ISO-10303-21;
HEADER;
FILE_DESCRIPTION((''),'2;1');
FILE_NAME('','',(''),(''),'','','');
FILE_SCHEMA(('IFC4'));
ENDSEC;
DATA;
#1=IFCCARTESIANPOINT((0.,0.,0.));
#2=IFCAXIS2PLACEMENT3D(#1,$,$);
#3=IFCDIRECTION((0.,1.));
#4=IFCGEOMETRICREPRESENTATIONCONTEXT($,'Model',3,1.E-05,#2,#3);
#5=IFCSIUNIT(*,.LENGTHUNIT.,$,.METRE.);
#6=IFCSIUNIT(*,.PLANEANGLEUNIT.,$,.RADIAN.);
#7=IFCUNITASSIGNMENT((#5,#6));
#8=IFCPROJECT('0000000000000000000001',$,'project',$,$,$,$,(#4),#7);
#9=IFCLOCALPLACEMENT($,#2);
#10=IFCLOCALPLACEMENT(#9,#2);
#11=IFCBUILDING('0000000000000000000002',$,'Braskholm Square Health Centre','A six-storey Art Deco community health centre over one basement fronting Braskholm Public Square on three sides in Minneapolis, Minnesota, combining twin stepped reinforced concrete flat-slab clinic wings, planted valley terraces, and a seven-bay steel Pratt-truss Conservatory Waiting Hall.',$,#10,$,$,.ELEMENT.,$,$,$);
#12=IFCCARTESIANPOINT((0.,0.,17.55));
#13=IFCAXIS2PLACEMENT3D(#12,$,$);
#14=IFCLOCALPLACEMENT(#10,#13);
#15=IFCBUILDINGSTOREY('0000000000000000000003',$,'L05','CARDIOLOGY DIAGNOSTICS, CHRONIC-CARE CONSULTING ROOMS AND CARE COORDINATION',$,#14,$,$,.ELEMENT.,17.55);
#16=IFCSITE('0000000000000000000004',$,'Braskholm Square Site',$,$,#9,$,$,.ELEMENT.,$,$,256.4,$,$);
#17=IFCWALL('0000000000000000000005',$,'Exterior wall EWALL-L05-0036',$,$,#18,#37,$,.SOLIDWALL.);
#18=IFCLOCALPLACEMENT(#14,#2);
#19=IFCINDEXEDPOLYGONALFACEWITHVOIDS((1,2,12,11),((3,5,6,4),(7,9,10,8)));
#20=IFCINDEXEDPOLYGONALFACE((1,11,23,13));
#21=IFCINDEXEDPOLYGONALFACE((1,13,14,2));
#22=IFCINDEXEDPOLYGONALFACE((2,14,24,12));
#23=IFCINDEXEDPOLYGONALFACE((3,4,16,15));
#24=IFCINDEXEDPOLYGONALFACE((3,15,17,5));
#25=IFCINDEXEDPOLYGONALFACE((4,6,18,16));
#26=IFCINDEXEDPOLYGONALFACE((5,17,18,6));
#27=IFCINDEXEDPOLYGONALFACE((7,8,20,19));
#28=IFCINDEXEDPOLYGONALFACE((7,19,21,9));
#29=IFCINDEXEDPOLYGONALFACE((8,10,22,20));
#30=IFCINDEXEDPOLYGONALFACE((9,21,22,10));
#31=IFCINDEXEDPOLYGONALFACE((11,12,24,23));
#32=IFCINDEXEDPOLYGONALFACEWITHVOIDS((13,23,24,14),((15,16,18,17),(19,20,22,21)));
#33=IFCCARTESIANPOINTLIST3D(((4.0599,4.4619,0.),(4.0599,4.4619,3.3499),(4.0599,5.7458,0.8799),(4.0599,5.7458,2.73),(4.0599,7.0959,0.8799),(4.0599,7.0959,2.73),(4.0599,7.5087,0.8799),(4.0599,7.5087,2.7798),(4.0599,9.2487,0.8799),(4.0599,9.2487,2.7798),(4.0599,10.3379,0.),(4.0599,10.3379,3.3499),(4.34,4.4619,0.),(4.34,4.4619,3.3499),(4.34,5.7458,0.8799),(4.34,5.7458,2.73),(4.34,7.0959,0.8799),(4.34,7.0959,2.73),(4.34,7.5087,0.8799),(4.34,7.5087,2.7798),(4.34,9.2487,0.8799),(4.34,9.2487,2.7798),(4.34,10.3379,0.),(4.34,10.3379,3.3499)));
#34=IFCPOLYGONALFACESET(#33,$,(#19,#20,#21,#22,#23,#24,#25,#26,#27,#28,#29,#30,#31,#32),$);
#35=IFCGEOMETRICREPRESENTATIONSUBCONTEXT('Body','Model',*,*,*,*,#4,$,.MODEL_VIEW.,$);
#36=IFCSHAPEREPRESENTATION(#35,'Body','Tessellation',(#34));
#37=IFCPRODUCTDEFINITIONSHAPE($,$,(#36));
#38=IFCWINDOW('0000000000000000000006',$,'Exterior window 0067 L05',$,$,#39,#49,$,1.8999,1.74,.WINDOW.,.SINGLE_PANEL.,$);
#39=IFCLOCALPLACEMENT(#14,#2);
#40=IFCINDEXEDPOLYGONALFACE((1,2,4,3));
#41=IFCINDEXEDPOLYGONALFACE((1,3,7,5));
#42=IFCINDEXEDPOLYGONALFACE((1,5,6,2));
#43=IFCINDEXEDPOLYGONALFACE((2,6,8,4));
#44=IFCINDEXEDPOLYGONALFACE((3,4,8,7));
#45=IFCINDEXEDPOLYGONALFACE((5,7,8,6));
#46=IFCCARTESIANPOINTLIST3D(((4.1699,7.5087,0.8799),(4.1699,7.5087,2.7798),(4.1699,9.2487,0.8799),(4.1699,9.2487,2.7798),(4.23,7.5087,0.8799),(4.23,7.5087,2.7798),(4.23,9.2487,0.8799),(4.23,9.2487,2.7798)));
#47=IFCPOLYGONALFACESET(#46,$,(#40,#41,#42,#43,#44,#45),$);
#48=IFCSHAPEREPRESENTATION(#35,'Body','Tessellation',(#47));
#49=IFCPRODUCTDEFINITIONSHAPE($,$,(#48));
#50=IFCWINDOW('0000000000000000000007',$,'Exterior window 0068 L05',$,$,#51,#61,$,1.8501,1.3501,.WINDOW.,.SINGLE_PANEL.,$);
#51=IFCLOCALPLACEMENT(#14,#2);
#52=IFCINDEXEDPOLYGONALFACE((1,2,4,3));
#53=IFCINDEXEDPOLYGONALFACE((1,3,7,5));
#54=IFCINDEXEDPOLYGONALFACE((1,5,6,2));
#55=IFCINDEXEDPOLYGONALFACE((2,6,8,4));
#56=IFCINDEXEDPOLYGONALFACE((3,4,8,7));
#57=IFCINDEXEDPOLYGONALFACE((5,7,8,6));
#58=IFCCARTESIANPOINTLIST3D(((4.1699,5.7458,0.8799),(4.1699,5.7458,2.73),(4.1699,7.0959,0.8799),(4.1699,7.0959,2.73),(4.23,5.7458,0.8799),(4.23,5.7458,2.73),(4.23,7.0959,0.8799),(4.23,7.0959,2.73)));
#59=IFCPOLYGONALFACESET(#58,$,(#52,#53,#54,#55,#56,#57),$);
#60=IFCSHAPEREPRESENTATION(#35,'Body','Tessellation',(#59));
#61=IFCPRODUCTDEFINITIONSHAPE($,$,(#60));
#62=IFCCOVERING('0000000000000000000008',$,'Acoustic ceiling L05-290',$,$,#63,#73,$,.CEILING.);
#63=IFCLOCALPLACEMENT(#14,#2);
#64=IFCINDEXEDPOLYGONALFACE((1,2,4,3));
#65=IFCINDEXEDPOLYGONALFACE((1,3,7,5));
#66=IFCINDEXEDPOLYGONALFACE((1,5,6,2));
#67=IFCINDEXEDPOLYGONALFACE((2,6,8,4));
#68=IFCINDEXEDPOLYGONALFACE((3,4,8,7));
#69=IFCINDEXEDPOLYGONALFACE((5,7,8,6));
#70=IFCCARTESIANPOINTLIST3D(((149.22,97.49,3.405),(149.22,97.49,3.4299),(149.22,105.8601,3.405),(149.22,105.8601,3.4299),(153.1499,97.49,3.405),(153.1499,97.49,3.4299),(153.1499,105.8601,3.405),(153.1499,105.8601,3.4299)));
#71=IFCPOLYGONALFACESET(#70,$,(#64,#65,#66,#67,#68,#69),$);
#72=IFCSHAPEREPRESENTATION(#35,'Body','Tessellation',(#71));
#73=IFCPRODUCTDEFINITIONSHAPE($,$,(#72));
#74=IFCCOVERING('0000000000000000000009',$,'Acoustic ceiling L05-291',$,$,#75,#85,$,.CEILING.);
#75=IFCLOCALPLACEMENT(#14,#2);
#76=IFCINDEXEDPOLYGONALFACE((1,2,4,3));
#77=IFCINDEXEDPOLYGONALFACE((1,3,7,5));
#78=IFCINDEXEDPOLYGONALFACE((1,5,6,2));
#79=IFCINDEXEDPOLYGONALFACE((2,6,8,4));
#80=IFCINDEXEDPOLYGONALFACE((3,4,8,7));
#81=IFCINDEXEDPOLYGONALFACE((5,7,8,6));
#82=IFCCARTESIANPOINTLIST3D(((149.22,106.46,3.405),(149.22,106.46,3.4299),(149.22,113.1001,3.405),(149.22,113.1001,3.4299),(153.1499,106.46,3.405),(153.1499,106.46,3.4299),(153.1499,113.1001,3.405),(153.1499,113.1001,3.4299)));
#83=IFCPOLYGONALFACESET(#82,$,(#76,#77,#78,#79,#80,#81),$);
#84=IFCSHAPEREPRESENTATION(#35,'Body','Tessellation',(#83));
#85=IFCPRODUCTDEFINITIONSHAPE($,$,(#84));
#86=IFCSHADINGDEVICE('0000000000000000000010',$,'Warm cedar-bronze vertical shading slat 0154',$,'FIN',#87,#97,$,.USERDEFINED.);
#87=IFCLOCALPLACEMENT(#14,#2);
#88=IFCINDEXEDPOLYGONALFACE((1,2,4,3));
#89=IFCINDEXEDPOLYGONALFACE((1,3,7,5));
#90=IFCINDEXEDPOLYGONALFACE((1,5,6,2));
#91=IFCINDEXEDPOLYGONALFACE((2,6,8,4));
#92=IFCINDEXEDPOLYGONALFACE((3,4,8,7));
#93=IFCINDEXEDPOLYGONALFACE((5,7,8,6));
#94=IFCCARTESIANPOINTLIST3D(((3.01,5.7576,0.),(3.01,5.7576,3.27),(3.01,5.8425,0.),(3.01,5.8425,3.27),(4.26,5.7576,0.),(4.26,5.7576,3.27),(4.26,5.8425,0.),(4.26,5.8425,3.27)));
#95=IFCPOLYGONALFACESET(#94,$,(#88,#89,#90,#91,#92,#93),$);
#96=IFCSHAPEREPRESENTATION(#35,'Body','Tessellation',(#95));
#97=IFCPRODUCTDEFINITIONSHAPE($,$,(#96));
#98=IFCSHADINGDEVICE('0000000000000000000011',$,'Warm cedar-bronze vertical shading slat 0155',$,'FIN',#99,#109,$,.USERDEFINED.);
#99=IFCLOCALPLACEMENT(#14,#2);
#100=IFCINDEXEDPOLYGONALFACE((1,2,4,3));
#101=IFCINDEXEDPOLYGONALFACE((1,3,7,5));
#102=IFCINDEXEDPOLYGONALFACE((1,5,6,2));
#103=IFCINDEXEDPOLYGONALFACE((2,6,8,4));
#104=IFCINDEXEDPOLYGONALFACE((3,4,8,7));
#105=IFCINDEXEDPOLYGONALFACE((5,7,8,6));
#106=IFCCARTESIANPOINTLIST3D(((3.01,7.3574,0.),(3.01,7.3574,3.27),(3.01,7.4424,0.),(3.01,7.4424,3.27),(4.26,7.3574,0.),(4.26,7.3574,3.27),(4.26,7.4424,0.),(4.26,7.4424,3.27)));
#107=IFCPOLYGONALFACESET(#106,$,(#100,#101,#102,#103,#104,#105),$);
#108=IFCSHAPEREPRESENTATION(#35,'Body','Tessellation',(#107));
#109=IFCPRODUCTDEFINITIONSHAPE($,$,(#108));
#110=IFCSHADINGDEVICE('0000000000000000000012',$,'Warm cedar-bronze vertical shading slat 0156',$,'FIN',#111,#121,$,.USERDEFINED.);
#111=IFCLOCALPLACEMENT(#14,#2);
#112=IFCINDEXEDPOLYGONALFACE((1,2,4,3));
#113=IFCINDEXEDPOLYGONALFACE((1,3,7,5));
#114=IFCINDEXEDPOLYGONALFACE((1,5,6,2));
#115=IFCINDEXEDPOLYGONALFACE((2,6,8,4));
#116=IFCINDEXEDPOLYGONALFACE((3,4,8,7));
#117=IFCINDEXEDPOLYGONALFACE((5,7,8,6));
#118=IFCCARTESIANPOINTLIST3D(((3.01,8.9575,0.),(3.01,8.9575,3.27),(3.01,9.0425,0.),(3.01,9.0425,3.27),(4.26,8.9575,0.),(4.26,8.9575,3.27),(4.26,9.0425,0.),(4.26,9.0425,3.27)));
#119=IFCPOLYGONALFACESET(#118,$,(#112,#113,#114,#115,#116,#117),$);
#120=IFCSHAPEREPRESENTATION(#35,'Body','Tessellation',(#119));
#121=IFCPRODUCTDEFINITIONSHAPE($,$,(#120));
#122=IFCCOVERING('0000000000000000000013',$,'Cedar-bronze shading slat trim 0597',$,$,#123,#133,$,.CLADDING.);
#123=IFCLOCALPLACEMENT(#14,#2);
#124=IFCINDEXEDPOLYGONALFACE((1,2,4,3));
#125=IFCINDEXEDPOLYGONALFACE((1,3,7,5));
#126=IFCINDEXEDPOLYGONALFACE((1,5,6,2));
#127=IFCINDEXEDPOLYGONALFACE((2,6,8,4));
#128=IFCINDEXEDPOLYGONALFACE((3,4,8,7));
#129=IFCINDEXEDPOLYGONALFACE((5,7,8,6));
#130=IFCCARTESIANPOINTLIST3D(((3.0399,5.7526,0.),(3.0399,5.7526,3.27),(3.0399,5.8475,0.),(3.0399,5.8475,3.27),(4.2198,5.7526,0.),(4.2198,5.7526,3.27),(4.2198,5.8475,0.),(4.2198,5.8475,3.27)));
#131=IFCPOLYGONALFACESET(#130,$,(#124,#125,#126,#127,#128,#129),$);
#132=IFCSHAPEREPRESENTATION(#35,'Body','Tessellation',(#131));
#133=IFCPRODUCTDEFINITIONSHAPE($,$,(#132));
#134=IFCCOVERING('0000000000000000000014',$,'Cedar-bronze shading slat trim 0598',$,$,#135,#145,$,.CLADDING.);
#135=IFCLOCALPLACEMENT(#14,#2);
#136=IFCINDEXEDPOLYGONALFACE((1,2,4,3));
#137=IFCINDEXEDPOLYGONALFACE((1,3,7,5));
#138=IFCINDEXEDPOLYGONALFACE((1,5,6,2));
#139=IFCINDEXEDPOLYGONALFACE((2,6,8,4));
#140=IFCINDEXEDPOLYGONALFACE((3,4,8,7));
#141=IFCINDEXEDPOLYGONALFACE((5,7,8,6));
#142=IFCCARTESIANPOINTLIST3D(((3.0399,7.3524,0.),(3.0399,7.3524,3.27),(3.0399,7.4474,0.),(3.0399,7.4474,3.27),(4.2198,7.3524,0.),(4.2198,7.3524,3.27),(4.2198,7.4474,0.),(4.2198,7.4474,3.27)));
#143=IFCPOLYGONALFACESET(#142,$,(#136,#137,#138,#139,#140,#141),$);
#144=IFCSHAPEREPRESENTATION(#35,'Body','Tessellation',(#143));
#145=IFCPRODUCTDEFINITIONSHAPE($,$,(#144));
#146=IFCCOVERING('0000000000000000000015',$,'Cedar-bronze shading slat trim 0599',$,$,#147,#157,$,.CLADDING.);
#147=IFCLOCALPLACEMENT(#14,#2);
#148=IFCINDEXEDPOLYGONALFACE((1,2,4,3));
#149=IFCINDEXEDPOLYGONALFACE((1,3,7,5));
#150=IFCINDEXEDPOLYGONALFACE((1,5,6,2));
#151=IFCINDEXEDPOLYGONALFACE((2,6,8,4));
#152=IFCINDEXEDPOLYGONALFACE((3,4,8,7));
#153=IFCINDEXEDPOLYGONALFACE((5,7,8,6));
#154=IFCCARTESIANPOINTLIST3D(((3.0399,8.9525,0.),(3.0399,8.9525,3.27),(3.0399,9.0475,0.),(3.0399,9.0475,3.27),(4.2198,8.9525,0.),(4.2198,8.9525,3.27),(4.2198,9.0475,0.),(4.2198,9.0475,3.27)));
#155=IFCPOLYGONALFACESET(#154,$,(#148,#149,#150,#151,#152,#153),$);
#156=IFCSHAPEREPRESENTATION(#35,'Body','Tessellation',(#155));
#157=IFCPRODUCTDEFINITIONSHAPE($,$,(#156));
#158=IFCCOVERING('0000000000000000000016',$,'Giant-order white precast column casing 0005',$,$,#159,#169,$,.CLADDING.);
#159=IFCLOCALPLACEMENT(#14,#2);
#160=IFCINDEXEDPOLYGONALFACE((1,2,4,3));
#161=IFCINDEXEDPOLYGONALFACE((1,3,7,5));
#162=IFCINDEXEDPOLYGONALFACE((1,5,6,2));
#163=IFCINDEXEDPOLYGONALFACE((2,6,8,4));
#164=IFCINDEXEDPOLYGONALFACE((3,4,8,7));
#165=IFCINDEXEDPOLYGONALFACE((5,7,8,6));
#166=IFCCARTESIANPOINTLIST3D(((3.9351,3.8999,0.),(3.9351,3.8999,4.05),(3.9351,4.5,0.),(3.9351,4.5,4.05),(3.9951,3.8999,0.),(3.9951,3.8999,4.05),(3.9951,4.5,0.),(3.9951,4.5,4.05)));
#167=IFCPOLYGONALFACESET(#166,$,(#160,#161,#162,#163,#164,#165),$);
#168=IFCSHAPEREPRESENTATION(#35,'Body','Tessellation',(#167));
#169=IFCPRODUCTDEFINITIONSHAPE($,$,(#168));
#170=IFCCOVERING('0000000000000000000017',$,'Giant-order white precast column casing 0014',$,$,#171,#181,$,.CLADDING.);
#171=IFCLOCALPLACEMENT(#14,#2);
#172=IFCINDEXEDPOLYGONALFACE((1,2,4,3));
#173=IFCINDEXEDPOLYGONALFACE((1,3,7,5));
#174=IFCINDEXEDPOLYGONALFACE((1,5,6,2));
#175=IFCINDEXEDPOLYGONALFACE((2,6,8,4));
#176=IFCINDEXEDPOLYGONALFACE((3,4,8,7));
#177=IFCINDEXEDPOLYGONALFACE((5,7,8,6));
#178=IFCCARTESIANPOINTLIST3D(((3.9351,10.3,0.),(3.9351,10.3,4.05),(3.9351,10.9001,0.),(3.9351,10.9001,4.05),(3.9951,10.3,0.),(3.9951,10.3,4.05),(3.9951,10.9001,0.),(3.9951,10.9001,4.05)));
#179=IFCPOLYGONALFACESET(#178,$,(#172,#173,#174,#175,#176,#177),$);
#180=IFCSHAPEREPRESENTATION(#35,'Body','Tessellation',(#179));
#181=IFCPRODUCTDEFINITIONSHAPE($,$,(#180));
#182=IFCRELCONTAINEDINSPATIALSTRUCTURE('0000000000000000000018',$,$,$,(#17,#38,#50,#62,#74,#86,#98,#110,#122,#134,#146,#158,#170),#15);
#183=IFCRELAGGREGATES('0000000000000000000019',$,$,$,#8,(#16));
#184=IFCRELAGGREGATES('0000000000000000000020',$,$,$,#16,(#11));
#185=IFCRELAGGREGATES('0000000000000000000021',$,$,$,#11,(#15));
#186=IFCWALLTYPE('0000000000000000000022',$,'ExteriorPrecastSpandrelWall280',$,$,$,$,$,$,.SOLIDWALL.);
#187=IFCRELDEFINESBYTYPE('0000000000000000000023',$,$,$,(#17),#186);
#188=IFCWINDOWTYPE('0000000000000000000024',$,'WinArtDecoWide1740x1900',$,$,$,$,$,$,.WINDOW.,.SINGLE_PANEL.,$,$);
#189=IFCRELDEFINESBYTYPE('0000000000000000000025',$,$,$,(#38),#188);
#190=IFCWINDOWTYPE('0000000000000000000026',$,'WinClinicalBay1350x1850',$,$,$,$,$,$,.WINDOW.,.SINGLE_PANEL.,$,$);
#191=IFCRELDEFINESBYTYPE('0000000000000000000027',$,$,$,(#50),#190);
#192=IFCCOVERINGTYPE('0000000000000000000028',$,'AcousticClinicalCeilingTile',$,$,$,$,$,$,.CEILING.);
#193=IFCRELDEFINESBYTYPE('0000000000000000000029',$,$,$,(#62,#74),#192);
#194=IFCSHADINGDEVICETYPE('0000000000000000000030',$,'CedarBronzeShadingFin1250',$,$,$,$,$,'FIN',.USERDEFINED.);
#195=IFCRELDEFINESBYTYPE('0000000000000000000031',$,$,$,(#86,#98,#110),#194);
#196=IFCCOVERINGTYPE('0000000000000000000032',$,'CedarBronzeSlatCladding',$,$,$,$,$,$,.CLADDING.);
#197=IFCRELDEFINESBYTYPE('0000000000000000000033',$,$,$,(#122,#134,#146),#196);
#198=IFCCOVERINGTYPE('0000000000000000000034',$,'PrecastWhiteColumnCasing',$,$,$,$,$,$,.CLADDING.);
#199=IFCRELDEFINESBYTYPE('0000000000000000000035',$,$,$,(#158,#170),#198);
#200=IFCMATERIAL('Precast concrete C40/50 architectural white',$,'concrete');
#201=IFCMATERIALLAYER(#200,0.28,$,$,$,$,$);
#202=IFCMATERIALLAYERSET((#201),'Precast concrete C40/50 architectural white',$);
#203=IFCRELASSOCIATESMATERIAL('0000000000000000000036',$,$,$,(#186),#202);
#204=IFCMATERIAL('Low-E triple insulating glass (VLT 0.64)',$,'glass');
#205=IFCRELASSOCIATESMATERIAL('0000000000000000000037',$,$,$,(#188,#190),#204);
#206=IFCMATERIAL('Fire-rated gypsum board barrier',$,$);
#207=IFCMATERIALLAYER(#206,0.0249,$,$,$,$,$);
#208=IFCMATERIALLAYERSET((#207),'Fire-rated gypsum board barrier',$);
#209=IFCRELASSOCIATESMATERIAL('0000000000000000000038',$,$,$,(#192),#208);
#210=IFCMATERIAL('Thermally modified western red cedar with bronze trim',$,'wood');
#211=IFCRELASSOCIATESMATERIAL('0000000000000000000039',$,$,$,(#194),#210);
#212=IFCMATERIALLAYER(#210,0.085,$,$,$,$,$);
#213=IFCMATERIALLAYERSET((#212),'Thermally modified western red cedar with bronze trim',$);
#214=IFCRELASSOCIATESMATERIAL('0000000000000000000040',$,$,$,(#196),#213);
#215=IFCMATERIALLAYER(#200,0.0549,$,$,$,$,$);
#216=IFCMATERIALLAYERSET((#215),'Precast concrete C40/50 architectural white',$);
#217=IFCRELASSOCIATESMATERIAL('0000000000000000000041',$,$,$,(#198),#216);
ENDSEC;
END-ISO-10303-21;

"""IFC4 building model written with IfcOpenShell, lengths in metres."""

from ifc_helpers import new_model, si_unit, direction, frame, frame_2d, origin, origin_with_axes, origin_2d, place, context, subcontext, project, spatial, polyline, rectangle, outline, extrude, material, layer, layer_set, type_object, element, fill, save


model = new_model("IFC4")

# Units and contexts
model_context = context("Model", 3, precision=1e-05, world=origin(), true_north=direction((0.0, 1.0)))
body_context = subcontext(model_context, "Body", "Model", "MODEL_VIEW")
ifc_project = project(units=[si_unit("LENGTHUNIT", "METRE"), si_unit("PLANEANGLEUNIT", "RADIAN")], contexts=[model_context])

# Site, building, storey
site_placement = place(None, origin())
site = spatial("IfcSite", under=ifc_project, at=site_placement, Name="Braskholm Square Site", CompositionType="ELEMENT", RefElevation=256.4)
building_placement = place(site_placement, origin())
building = spatial("IfcBuilding", under=site, at=building_placement, Name="Braskholm Square Health Centre", Description="A six-storey Art Deco community health centre over one basement fronting Braskholm Public Square on three sides in Minneapolis, Minnesota, combining twin stepped reinforced concrete flat-slab clinic wings, planted valley terraces, and a seven-bay steel Pratt-truss Conservatory Waiting Hall.", CompositionType="ELEMENT")
storey_placement = place(building_placement, frame((0.0, 0.0, 17.55)))
storey = spatial("IfcBuildingStorey", under=building, at=storey_placement, Name="L05", Description="CARDIOLOGY DIAGNOSTICS, CHRONIC-CARE CONSULTING ROOMS AND CARE COORDINATION", CompositionType="ELEMENT", Elevation=17.55)

# Shared definitions
ifc_material_1 = material(Name="Precast concrete C40/50 architectural white", Category="concrete")

# Shared definitions
ifc_material_2 = material(Name="Low-E triple insulating glass (VLT 0.64)", Category="glass")

# Wall, openings, windows
ifc_layer_1 = layer(ifc_material_1, 0.28)
ifc_layer_set_1 = layer_set([ifc_layer_1], Name="Precast concrete C40/50 architectural white")
wall_type_1 = type_object("IfcWallType", Name="ExteriorPrecastSpandrelWall280", PredefinedType="SOLIDWALL", material=ifc_layer_set_1)
wall_1_placement = place(storey_placement, frame((4.2, 10.3379, 0.0), z_axis=(0.0, 0.0, 1.0), x_axis=(0.0, -1.0, 0.0)))
wall_1 = element("IfcWall", 1, at=wall_1_placement, inside=storey, type_object=wall_type_1, Name="Exterior wall EWALL-L05-0036", PredefinedType="SOLIDWALL", context=body_context, shape_type="SweptSolid", body=[
    extrude(rectangle(XDim=5.876, YDim=0.28, at=frame_2d((2.938, 0.0))), origin(), (0.0, 0.0, 1.0), 3.3499),
])
opening_1_placement = place(wall_1_placement, frame((1.0891, 0.0, 0.8799)))
opening_1 = element("IfcOpeningElement", 2, at=opening_1_placement, cuts=wall_1, PredefinedType="OPENING", context=body_context, shape_type="SweptSolid", body=[
    extrude(rectangle(XDim=1.74, YDim=1.8999, at=frame_2d((0.8701, 0.95))), frame((0.0, 0.1499, 0.0), z_axis=(0.0, -1.0, 0.0), x_axis=(1.0, 0.0, 0.0)), (0.0, 0.0, 1.0), 0.3),
])
opening_2_placement = place(wall_1_placement, frame((3.2419, 0.0, 0.8799)))
opening_2 = element("IfcOpeningElement", 3, at=opening_2_placement, cuts=wall_1, PredefinedType="OPENING", context=body_context, shape_type="SweptSolid", body=[
    extrude(rectangle(XDim=1.3501, YDim=1.8501, at=frame_2d((0.675, 0.925))), frame((0.0, 0.1499, 0.0), z_axis=(0.0, -1.0, 0.0), x_axis=(1.0, 0.0, 0.0)), (0.0, 0.0, 1.0), 0.3),
])
window_type_1 = type_object("IfcWindowType", Name="WinArtDecoWide1740x1900", PartitioningType="SINGLE_PANEL", PredefinedType="WINDOW", material=ifc_material_2)
window_1_placement = place(opening_1_placement, origin_with_axes())
window_1 = element("IfcWindow", 4, at=window_1_placement, inside=storey, type_object=window_type_1, Name="Exterior window 0067 L05", OverallHeight=1.8999, OverallWidth=1.74, PartitioningType="SINGLE_PANEL", PredefinedType="WINDOW", context=body_context, shape_type="SweptSolid", body=[
    extrude(rectangle(XDim=1.74, YDim=1.8999, at=frame_2d((0.8701, 0.95))), frame((0.0, 0.03, 0.0), z_axis=(0.0, -1.0, 0.0), x_axis=(1.0, 0.0, 0.0)), (0.0, 0.0, 1.0), 0.0601),
])
fill(opening_1, window_1)
window_type_2 = type_object("IfcWindowType", Name="WinClinicalBay1350x1850", PartitioningType="SINGLE_PANEL", PredefinedType="WINDOW", material=ifc_material_2)
window_2_placement = place(opening_2_placement, origin_with_axes())
window_2 = element("IfcWindow", 5, at=window_2_placement, inside=storey, type_object=window_type_2, Name="Exterior window 0068 L05", OverallHeight=1.8501, OverallWidth=1.3501, PartitioningType="SINGLE_PANEL", PredefinedType="WINDOW", context=body_context, shape_type="SweptSolid", body=[
    extrude(rectangle(XDim=1.3501, YDim=1.8501, at=frame_2d((0.675, 0.925))), frame((0.0, 0.03, 0.0), z_axis=(0.0, -1.0, 0.0), x_axis=(1.0, 0.0, 0.0)), (0.0, 0.0, 1.0), 0.0601),
])
fill(opening_2, window_2)

# Coverings
ifc_material_3 = material(Name="Fire-rated gypsum board barrier")
ifc_layer_2 = layer(ifc_material_3, 0.0249)
ifc_layer_set_2 = layer_set([ifc_layer_2], Name="Fire-rated gypsum board barrier")
covering_type_1 = type_object("IfcCoveringType", Name="AcousticClinicalCeilingTile", PredefinedType="CEILING", material=ifc_layer_set_2)
covering_1_placement = place(storey_placement, frame((0.0, 0.0, 3.405)))
element("IfcCovering", 6, at=covering_1_placement, inside=storey, type_object=covering_type_1, Name="Acoustic ceiling L05-290", PredefinedType="CEILING", context=body_context, shape_type="SweptSolid", body=[
    extrude(outline(polyline([(149.22, 97.49), (153.1499, 97.49), (153.1499, 105.8601), (149.22, 105.8601), (149.22, 97.49)])), origin(), (0.0, 0.0, 1.0), 0.0249),
])
covering_2_placement = place(storey_placement, frame((0.0, 0.0, 3.405)))
element("IfcCovering", 7, at=covering_2_placement, inside=storey, type_object=covering_type_1, Name="Acoustic ceiling L05-291", PredefinedType="CEILING", context=body_context, shape_type="SweptSolid", body=[
    extrude(outline(polyline([(149.22, 106.46), (153.1499, 106.46), (153.1499, 113.1001), (149.22, 113.1001), (149.22, 106.46)])), origin(), (0.0, 0.0, 1.0), 0.0249),
])

# Shading devices
ifc_material_4 = material(Name="Thermally modified western red cedar with bronze trim", Category="wood")
shading_device_type = type_object("IfcShadingDeviceType", Name="CedarBronzeShadingFin1250", ElementType="FIN", PredefinedType="USERDEFINED", material=ifc_material_4)
for number, where, z_axis, x_axis, name in (
    (8, (3.635, 5.8, 0.0), (0.0, 0.0, 1.0), (1.0, 0.0, 0.0), "Warm cedar-bronze vertical shading slat 0154"),
    (9, (3.635, 7.3999, 0.0), (0.0, 0.0, 1.0), (1.0, 0.0, 0.0), "Warm cedar-bronze vertical shading slat 0155"),
    (10, (3.635, 9.0, 0.0), (0.0, 0.0, 1.0), (1.0, 0.0, 0.0), "Warm cedar-bronze vertical shading slat 0156"),
):
    element("IfcShadingDevice", number, at=place(storey_placement, frame(where, z_axis=z_axis, x_axis=x_axis)), inside=storey, type_object=shading_device_type, Name=name, ObjectType="FIN", PredefinedType="USERDEFINED", context=body_context, shape_type="SweptSolid", body=[
        extrude(rectangle(XDim=1.25, YDim=0.085, at=origin_2d()), origin(), (0.0, 0.0, 1.0), 3.27),
    ])

# Coverings
ifc_layer_3 = layer(ifc_material_4, 0.085)
ifc_layer_set_3 = layer_set([ifc_layer_3], Name="Thermally modified western red cedar with bronze trim")
covering_type_2 = type_object("IfcCoveringType", Name="CedarBronzeSlatCladding", PredefinedType="CLADDING", material=ifc_layer_set_3)
for number, where, z_axis, x_axis, name in (
    (11, (3.6299, 5.8, 0.0), (0.0, 0.0, 1.0), (1.0, 0.0, 0.0), "Cedar-bronze shading slat trim 0597"),
    (12, (3.6299, 7.3999, 0.0), (0.0, 0.0, 1.0), (1.0, 0.0, 0.0), "Cedar-bronze shading slat trim 0598"),
    (13, (3.6299, 9.0, 0.0), (0.0, 0.0, 1.0), (1.0, 0.0, 0.0), "Cedar-bronze shading slat trim 0599"),
):
    element("IfcCovering", number, at=place(storey_placement, frame(where, z_axis=z_axis, x_axis=x_axis)), inside=storey, type_object=covering_type_2, Name=name, PredefinedType="CLADDING", context=body_context, shape_type="SweptSolid", body=[
        extrude(rectangle(XDim=1.1799, YDim=0.095, at=origin_2d()), origin(), (0.0, 0.0, 1.0), 3.27),
    ])
ifc_layer_4 = layer(ifc_material_1, 0.0549)
ifc_layer_set_4 = layer_set([ifc_layer_4], Name="Precast concrete C40/50 architectural white")
covering_type_3 = type_object("IfcCoveringType", Name="PrecastWhiteColumnCasing", PredefinedType="CLADDING", material=ifc_layer_set_4)
for number, where, z_axis, x_axis, name in (
    (14, (3.9651, 4.2, 0.0), (0.0, 0.0, 1.0), (1.0, 0.0, 0.0), "Giant-order white precast column casing 0005"),
    (15, (3.9651, 10.6001, 0.0), (0.0, 0.0, 1.0), (1.0, 0.0, 0.0), "Giant-order white precast column casing 0014"),
):
    element("IfcCovering", number, at=place(storey_placement, frame(where, z_axis=z_axis, x_axis=x_axis)), inside=storey, type_object=covering_type_3, Name=name, PredefinedType="CLADDING", context=body_context, shape_type="SweptSolid", body=[
        extrude(rectangle(XDim=0.0601, YDim=0.6001, at=origin_2d()), origin(), (0.0, 0.0, 1.0), 4.05),
    ])

save(model, "model.ifc")
